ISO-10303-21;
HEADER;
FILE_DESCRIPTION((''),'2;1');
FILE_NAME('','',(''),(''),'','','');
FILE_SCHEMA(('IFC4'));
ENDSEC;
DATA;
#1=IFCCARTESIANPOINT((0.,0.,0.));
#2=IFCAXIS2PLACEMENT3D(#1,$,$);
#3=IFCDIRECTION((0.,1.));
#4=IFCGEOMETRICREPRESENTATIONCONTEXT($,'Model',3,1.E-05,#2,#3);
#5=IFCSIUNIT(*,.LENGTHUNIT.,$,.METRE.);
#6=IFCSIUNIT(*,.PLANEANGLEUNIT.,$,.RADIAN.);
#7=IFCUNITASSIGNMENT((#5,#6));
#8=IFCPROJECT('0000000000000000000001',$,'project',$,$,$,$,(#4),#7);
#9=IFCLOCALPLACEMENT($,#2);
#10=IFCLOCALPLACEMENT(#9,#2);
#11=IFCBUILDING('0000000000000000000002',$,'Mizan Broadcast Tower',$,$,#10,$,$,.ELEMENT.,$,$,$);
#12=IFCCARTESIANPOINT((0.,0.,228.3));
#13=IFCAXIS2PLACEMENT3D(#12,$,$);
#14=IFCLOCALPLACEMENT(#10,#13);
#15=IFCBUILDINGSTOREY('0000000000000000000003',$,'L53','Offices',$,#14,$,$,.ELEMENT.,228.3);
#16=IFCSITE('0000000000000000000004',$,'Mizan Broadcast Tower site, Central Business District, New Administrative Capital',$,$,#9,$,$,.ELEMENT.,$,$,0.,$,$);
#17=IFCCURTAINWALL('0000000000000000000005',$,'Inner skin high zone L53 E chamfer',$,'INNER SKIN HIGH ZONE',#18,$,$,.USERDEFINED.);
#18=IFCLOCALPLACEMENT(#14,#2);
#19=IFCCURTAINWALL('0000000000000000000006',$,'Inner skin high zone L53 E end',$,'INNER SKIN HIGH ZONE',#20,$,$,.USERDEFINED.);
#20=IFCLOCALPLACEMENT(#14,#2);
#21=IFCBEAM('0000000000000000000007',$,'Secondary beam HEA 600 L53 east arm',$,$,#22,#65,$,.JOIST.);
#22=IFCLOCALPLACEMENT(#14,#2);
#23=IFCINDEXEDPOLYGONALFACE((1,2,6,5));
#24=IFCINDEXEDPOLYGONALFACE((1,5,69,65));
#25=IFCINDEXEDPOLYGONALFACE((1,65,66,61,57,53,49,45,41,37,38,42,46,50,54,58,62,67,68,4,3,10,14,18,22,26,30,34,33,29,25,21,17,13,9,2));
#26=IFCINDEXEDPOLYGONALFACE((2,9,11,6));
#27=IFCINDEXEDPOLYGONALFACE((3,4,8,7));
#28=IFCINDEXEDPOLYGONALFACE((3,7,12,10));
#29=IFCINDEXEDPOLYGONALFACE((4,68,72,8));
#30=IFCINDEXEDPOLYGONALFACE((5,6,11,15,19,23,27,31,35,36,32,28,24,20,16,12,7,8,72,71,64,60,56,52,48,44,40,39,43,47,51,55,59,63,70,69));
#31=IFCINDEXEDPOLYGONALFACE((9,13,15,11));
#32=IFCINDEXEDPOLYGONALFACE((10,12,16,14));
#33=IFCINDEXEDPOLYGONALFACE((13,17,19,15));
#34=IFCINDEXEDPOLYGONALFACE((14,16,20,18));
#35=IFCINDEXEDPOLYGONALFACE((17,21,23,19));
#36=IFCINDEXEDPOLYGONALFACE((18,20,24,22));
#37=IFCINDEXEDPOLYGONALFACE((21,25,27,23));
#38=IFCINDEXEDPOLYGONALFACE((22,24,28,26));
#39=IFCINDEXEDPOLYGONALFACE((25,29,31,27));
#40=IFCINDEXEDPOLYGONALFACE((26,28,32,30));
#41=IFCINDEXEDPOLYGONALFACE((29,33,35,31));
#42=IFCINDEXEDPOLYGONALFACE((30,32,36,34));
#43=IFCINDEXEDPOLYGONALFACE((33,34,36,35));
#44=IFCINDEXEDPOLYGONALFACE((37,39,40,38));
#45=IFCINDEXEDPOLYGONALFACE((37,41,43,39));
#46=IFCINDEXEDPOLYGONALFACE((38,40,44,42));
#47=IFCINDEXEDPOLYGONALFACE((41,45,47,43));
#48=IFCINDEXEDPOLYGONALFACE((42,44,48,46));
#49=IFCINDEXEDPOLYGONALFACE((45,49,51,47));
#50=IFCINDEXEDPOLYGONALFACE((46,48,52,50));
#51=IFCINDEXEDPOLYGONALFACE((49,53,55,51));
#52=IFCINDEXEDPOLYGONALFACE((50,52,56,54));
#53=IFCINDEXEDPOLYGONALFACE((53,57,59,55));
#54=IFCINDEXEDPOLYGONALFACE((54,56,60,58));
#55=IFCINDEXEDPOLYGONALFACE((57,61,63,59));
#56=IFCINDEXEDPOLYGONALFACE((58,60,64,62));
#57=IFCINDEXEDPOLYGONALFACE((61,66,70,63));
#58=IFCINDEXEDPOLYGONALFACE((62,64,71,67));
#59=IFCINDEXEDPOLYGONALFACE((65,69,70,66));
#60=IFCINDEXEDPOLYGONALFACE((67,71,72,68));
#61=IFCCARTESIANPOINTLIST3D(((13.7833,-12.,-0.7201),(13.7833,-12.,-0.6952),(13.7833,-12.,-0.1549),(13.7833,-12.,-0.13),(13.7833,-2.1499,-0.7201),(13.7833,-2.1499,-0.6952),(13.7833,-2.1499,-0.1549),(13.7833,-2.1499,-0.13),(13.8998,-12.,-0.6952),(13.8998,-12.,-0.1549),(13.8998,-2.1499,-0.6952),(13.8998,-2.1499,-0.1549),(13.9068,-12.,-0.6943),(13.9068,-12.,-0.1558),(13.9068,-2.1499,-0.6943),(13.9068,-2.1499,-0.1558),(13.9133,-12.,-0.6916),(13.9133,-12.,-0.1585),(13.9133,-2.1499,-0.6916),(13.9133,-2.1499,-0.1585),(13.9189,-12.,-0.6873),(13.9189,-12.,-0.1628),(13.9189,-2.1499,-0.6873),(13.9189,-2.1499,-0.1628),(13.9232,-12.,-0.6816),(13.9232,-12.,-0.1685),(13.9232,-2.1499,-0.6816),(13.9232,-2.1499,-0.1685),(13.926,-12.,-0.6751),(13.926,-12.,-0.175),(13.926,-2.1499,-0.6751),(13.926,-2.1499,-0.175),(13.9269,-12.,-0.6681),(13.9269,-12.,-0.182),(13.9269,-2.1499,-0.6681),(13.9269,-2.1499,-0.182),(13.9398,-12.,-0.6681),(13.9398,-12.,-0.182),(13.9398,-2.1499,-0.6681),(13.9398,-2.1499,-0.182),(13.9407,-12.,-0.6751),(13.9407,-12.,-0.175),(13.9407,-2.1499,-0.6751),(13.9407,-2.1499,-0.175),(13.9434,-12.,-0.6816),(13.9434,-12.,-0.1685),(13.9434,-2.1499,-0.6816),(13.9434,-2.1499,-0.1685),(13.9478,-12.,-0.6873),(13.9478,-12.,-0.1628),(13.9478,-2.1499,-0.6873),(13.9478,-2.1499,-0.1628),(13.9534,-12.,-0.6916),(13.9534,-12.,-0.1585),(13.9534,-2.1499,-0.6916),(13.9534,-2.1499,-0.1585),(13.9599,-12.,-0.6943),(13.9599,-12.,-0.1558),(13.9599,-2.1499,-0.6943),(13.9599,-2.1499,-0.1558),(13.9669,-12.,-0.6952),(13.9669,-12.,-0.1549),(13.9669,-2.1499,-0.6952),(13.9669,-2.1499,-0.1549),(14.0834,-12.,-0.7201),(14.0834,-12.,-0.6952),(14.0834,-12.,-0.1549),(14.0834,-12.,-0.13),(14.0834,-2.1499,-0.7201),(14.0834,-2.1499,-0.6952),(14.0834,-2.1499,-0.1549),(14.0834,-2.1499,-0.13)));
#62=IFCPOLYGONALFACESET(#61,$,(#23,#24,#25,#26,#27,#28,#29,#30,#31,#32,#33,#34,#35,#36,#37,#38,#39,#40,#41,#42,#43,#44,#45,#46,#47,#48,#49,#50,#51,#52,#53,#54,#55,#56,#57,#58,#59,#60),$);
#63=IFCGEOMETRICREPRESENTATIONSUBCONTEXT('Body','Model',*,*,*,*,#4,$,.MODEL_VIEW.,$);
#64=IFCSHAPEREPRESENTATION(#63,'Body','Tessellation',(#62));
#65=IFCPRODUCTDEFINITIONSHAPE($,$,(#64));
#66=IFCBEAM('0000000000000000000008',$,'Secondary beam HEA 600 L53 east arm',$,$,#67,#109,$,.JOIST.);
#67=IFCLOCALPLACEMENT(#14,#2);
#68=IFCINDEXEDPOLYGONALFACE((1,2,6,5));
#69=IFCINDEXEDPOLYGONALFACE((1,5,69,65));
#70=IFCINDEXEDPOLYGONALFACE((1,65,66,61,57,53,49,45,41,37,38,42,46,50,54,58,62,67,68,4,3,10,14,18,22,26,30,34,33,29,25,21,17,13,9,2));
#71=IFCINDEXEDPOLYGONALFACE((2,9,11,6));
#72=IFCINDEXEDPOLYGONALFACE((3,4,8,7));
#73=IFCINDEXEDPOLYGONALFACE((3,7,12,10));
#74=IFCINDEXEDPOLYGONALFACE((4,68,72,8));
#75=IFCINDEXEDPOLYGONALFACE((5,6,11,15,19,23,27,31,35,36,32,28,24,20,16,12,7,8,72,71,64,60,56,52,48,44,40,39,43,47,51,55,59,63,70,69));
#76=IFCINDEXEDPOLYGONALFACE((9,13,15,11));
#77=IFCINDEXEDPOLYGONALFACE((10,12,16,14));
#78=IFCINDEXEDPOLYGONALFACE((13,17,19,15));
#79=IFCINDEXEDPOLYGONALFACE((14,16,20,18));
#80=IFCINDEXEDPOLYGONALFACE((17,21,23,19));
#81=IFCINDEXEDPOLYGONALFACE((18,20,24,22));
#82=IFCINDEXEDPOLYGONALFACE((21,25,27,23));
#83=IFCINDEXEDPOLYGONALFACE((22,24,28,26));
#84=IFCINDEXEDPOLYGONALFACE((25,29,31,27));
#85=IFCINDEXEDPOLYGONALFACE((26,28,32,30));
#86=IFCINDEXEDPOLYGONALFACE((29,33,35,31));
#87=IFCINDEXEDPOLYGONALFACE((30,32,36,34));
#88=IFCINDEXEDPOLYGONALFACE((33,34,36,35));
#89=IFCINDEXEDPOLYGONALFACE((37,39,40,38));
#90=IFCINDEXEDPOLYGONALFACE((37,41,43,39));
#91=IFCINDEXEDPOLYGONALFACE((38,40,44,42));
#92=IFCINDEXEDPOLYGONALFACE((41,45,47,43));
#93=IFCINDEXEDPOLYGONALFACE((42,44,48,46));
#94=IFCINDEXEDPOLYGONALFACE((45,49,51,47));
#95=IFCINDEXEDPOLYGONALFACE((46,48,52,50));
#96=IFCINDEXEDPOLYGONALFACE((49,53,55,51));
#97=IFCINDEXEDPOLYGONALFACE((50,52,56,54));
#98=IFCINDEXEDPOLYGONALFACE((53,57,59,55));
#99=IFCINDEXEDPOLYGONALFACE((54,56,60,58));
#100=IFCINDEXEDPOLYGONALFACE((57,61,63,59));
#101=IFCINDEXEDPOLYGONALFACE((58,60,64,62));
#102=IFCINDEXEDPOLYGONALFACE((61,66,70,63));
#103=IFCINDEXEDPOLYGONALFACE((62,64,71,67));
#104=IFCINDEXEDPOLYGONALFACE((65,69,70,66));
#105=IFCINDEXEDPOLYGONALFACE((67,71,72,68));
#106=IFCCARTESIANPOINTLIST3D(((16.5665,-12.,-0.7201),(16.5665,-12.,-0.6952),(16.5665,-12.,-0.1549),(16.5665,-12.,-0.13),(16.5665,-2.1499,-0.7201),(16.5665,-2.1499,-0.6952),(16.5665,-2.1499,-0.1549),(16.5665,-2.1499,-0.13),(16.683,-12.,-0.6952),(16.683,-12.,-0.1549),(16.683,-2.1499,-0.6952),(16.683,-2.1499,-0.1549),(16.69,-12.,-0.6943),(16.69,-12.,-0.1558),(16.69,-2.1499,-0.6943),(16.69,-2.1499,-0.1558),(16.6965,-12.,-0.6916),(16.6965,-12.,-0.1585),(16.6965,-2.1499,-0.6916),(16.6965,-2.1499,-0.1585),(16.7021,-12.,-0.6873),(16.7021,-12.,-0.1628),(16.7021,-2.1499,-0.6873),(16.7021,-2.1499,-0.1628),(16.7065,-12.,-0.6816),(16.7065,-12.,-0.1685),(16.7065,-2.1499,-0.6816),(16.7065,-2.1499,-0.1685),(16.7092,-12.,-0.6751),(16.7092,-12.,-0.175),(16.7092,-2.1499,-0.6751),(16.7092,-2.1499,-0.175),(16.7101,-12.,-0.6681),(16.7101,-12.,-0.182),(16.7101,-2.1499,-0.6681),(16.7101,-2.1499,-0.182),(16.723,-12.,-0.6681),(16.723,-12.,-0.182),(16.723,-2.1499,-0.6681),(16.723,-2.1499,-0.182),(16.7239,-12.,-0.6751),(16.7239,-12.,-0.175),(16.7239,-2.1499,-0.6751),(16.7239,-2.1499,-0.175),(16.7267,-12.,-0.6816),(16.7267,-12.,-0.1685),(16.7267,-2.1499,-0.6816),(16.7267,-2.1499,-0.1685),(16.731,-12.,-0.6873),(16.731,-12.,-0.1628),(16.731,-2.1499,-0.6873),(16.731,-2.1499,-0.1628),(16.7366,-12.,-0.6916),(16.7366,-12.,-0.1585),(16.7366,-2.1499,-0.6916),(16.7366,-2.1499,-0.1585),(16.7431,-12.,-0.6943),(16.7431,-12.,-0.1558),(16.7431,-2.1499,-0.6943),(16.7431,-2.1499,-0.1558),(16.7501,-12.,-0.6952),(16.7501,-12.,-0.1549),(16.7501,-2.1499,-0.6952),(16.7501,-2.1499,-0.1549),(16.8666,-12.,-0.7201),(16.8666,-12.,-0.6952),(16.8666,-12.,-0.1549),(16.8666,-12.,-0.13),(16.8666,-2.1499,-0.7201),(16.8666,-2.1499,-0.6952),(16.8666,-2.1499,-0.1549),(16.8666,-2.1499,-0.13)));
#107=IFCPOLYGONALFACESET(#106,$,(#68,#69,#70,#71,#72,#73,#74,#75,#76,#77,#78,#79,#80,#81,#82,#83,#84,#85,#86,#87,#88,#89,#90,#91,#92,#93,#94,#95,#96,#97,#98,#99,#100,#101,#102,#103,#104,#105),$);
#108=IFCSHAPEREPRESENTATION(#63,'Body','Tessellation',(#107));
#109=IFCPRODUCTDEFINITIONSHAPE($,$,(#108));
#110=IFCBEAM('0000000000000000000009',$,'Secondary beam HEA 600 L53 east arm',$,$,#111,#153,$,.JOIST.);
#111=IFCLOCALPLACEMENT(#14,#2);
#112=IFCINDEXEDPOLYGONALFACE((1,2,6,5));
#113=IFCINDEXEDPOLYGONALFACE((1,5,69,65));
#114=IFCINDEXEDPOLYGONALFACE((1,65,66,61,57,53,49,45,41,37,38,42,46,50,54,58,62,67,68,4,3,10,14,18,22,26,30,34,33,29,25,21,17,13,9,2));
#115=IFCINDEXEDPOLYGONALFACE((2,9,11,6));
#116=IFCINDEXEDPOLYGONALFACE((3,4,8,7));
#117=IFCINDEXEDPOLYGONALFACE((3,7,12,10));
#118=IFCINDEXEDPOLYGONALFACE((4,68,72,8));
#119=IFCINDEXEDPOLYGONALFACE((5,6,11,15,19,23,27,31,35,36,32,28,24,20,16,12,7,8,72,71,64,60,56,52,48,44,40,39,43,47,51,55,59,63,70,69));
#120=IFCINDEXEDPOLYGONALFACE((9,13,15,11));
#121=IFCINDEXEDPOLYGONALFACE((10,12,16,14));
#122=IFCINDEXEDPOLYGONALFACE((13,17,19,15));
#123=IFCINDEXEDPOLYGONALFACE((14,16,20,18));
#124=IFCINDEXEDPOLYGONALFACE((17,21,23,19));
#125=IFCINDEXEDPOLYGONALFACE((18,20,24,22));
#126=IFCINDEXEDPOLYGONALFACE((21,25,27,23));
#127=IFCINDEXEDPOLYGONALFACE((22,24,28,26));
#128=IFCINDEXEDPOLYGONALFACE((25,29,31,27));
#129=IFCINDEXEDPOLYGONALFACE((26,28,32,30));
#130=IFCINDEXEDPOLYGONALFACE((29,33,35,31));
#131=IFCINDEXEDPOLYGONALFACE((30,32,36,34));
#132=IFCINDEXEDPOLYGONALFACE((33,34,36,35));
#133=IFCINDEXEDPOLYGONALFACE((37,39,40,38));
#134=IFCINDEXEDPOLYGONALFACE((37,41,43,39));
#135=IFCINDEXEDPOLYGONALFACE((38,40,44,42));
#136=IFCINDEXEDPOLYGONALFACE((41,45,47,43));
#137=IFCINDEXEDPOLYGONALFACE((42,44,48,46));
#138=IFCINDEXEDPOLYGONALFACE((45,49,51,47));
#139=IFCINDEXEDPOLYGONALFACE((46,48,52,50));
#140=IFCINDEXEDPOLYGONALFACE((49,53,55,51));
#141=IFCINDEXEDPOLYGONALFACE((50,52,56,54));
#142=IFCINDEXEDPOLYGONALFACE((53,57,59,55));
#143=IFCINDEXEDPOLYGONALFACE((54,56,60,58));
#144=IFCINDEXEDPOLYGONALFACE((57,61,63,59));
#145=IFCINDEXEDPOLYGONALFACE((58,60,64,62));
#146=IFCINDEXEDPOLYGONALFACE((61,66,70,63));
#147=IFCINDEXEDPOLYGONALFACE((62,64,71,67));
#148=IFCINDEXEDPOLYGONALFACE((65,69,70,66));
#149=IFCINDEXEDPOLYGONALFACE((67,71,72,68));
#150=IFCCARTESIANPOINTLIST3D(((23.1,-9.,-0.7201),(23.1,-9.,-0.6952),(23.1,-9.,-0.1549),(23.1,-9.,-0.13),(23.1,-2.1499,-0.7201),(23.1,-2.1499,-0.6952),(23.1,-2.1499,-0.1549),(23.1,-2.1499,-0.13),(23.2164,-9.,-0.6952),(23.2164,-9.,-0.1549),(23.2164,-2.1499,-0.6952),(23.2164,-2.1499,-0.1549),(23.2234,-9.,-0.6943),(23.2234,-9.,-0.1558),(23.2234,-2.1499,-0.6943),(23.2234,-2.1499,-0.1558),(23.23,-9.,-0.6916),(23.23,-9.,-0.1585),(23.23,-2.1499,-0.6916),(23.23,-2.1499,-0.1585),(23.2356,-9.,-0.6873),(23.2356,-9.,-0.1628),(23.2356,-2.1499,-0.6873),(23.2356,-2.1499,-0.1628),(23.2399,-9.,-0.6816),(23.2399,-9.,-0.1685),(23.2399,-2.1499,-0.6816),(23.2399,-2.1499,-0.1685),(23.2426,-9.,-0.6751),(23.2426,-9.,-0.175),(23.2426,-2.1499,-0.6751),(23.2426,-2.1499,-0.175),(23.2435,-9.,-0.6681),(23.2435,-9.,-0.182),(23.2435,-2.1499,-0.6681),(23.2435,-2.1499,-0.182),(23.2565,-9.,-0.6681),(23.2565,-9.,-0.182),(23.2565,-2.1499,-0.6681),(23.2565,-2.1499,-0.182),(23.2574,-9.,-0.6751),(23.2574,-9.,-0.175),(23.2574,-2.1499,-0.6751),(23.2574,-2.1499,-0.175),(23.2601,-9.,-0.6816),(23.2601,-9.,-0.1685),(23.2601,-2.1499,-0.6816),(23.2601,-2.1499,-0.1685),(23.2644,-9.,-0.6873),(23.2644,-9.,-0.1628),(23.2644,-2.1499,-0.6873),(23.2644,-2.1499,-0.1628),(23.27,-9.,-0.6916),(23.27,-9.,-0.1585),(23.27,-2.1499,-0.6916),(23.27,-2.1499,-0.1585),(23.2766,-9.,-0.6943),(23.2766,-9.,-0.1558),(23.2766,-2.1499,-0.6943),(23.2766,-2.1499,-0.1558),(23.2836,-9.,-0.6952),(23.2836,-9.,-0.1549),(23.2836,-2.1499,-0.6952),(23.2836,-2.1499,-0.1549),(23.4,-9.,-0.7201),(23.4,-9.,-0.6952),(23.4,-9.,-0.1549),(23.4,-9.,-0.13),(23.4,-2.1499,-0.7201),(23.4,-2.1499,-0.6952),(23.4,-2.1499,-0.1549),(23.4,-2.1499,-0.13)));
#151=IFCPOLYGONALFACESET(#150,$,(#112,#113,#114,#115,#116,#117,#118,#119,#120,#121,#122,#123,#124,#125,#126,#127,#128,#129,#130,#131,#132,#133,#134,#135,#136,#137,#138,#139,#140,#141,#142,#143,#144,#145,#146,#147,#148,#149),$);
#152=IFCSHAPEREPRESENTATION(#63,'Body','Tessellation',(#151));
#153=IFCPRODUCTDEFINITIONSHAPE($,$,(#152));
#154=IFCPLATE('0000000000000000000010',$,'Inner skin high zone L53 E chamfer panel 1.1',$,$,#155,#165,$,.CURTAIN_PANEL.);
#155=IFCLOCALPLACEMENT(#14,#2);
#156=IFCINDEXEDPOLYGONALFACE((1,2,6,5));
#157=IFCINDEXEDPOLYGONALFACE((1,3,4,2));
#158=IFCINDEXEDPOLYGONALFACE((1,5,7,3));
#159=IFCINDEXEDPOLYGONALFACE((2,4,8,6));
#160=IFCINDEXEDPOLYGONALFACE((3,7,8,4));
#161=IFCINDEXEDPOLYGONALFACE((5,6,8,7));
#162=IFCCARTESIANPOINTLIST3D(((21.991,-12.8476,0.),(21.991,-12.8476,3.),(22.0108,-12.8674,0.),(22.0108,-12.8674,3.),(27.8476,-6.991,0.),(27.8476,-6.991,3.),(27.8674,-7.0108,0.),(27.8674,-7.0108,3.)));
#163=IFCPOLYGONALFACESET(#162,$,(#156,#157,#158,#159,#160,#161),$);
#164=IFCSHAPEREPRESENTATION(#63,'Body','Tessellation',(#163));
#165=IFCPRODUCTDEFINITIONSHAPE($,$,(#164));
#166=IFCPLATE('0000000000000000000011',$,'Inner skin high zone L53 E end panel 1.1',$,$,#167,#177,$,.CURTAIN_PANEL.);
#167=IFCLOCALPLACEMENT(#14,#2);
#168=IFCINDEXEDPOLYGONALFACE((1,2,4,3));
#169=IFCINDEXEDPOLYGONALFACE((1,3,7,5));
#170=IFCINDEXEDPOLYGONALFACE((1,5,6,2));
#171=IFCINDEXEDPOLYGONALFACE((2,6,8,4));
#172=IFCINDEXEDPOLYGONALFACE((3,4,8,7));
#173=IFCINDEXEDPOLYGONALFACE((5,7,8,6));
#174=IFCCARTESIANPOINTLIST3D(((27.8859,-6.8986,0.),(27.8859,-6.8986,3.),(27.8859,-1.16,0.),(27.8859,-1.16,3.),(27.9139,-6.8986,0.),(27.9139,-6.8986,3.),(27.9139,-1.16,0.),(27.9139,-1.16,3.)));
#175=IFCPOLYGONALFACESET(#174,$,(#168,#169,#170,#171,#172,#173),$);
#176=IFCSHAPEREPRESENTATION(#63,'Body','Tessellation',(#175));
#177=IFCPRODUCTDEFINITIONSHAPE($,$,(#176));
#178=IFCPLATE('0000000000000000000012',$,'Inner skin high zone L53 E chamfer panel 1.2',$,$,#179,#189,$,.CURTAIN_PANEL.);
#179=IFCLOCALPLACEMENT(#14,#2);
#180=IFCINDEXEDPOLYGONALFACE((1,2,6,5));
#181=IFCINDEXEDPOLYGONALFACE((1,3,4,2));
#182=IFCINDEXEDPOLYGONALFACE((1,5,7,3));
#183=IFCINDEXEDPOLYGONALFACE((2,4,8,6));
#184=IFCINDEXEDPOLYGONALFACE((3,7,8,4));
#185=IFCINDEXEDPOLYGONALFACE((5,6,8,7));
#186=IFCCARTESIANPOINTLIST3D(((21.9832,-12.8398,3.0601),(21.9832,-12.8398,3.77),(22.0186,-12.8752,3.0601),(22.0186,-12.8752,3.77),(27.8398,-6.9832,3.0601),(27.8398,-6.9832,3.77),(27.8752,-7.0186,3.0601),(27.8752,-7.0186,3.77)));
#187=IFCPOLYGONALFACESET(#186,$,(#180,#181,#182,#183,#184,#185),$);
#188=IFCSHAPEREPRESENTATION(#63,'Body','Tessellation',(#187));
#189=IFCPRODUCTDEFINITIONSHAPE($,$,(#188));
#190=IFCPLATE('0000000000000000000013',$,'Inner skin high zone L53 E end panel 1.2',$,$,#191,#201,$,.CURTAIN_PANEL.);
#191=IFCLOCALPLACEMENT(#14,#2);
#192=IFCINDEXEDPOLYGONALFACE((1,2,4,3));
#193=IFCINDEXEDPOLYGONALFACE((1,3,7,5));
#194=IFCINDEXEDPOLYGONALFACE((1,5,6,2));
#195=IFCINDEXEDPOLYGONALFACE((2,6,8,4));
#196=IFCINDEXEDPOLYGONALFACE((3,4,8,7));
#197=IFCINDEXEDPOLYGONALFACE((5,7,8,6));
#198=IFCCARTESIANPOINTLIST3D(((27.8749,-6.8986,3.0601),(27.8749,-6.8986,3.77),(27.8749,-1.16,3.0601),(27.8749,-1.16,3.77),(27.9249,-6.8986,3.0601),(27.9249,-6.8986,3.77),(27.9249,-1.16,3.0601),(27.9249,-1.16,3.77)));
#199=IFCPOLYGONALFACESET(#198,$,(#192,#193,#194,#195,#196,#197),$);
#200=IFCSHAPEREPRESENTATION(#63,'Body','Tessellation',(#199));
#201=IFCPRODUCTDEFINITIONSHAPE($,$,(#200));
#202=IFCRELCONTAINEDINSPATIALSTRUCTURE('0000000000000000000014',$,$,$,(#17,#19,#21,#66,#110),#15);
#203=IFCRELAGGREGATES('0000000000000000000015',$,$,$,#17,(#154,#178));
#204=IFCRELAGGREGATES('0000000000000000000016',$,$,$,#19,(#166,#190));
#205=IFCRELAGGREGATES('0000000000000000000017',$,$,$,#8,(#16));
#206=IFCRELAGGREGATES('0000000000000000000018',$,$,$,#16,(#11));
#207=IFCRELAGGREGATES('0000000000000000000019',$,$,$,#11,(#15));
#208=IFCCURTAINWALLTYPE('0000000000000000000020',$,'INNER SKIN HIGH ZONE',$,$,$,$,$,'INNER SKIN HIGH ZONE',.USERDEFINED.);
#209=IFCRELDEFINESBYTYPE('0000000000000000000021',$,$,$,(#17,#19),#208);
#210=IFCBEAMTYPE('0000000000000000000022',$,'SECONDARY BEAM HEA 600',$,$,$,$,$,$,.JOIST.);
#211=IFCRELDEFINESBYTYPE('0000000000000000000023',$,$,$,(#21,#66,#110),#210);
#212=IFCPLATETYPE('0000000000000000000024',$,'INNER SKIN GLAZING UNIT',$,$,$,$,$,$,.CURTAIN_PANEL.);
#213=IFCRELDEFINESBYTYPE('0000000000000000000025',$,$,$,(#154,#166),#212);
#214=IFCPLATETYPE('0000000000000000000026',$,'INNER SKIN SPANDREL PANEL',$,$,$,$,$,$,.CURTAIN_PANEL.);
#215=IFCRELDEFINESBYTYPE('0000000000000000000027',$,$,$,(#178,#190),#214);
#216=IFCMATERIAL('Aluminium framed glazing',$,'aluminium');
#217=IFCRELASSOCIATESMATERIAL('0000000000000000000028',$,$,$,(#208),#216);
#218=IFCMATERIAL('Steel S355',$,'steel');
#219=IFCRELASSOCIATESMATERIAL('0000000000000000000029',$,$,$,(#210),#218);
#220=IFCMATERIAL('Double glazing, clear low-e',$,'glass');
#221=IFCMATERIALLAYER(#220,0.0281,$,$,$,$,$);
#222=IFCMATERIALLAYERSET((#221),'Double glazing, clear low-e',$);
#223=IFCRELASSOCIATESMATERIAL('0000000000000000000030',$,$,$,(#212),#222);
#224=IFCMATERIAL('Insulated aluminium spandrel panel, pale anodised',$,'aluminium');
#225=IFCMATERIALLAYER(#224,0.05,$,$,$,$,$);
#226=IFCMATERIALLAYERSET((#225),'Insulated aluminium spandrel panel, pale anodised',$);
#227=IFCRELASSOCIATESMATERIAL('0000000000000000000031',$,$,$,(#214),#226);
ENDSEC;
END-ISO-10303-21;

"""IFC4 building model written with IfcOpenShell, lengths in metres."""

from ifc_helpers import new_model, si_unit, direction, frame, origin, origin_2d, place, context, subcontext, project, spatial, rectangle, i_section, extrude, material, layer, layer_set, material_profile, profile_set, type_object, element, aggregate, save


model = new_model("IFC4")

# Units and contexts
model_context = context("Model", 3, precision=1e-05, world=origin(), true_north=direction((0.0, 1.0)))
body_context = subcontext(model_context, "Body", "Model", "MODEL_VIEW")
ifc_project = project(units=[si_unit("LENGTHUNIT", "METRE"), si_unit("PLANEANGLEUNIT", "RADIAN")], contexts=[model_context])

# Site, building, storey
site_placement = place(None, origin())
site = spatial("IfcSite", under=ifc_project, at=site_placement, Name="Mizan Broadcast Tower site, Central Business District, New Administrative Capital", CompositionType="ELEMENT", RefElevation=0.0)
building_placement = place(site_placement, origin())
building = spatial("IfcBuilding", under=site, at=building_placement, Name="Mizan Broadcast Tower", CompositionType="ELEMENT")
storey_placement = place(building_placement, frame((0.0, 0.0, 228.3)))
storey = spatial("IfcBuildingStorey", under=building, at=storey_placement, Name="L53", Description="Offices", CompositionType="ELEMENT", Elevation=228.3)

# Curtain wall
ifc_material_1 = material(Name="Aluminium framed glazing", Category="aluminium")
curtain_wall_type_1 = type_object("IfcCurtainWallType", Name="INNER SKIN HIGH ZONE", ElementType="INNER SKIN HIGH ZONE", PredefinedType="USERDEFINED", material=ifc_material_1)
curtain_wall_1_placement = place(storey_placement, origin())
curtain_wall_1 = element("IfcCurtainWall", 1, at=curtain_wall_1_placement, inside=storey, type_object=curtain_wall_type_1, Name="Inner skin high zone L53 E chamfer", ObjectType="INNER SKIN HIGH ZONE", PredefinedType="USERDEFINED")

# Curtain wall
curtain_wall_2_placement = place(storey_placement, origin())
curtain_wall_2 = element("IfcCurtainWall", 2, at=curtain_wall_2_placement, inside=storey, type_object=curtain_wall_type_1, Name="Inner skin high zone L53 E end", ObjectType="INNER SKIN HIGH ZONE", PredefinedType="USERDEFINED")

# Beams
ifc_material_2 = material(Name="Steel S355", Category="steel")
ifc_material_profile_1 = material_profile(ifc_material_2, i_section(OverallWidth=0.3, OverallDepth=0.5901, WebThickness=0.0129, FlangeThickness=0.0249, FilletRadius=0.0271, at=origin_2d()), Name="HEA 600")
ifc_profile_set_1 = profile_set([ifc_material_profile_1], Name="Steel S355")
beam_type_1 = type_object("IfcBeamType", Name="SECONDARY BEAM HEA 600", PredefinedType="JOIST", material=ifc_profile_set_1)
for number, where, z_axis, x_axis, name in (
    (3, (13.9333, -12.0, -0.425), (0.0, 1.0, 0.0), (-1.0, 0.0, 0.0), "Secondary beam HEA 600 L53 east arm"),
    (4, (16.7166, -12.0, -0.425), (0.0, 1.0, 0.0), (-1.0, 0.0, 0.0), "Secondary beam HEA 600 L53 east arm"),
):
    element("IfcBeam", number, at=place(storey_placement, frame(where, z_axis=z_axis, x_axis=x_axis)), inside=storey, type_object=beam_type_1, Name=name, PredefinedType="JOIST", context=body_context, shape_type="SweptSolid", body=[
        extrude(i_section(OverallWidth=0.3, OverallDepth=0.5901, WebThickness=0.0129, FlangeThickness=0.0249, FilletRadius=0.0271, at=origin_2d()), origin(), (0.0, 0.0, 1.0), 9.8501),
    ])
beam_1_placement = place(storey_placement, frame((23.25, -9.0, -0.425), z_axis=(0.0, 1.0, 0.0), x_axis=(-1.0, 0.0, 0.0)))
element("IfcBeam", 5, at=beam_1_placement, inside=storey, type_object=beam_type_1, Name="Secondary beam HEA 600 L53 east arm", PredefinedType="JOIST", context=body_context, shape_type="SweptSolid", body=[
    extrude(i_section(OverallWidth=0.3, OverallDepth=0.5901, WebThickness=0.0129, FlangeThickness=0.0249, FilletRadius=0.0271, at=origin_2d()), origin(), (0.0, 0.0, 1.0), 6.8501),
])

# Plates
ifc_material_3 = material(Name="Double glazing, clear low-e", Category="glass")
ifc_layer_1 = layer(ifc_material_3, 0.0281)
ifc_layer_set_1 = layer_set([ifc_layer_1], Name="Double glazing, clear low-e")
plate_type_1 = type_object("IfcPlateType", Name="INNER SKIN GLAZING UNIT", PredefinedType="CURTAIN_PANEL", material=ifc_layer_set_1)
plate_1_placement = place(storey_placement, frame((24.9292, -9.9292, 0.0), z_axis=(0.0, 0.0, 1.0), x_axis=(0.707107, 0.707107, 0.0)))
plate_1 = element("IfcPlate", 6, at=plate_1_placement, type_object=plate_type_1, Name="Inner skin high zone L53 E chamfer panel 1.1", PredefinedType="CURTAIN_PANEL", context=body_context, shape_type="SweptSolid", body=[
    extrude(rectangle(XDim=8.2825, YDim=0.0281, at=origin_2d()), origin(), (0.0, 0.0, 1.0), 3.0),
])
plate_2_placement = place(storey_placement, frame((27.8999, -4.0293, 0.0), z_axis=(0.0, 0.0, 1.0), x_axis=(0.0, 1.0, 0.0)))
plate_2 = element("IfcPlate", 7, at=plate_2_placement, type_object=plate_type_1, Name="Inner skin high zone L53 E end panel 1.1", PredefinedType="CURTAIN_PANEL", context=body_context, shape_type="SweptSolid", body=[
    extrude(rectangle(XDim=5.7385, YDim=0.0281, at=origin_2d()), origin(), (0.0, 0.0, 1.0), 3.0),
])
ifc_material_4 = material(Name="Insulated aluminium spandrel panel, pale anodised", Category="aluminium")
ifc_layer_2 = layer(ifc_material_4, 0.05)
ifc_layer_set_2 = layer_set([ifc_layer_2], Name="Insulated aluminium spandrel panel, pale anodised")
plate_type_2 = type_object("IfcPlateType", Name="INNER SKIN SPANDREL PANEL", PredefinedType="CURTAIN_PANEL", material=ifc_layer_set_2)
plate_3_placement = place(storey_placement, frame((24.9292, -9.9292, 3.0601), z_axis=(0.0, 0.0, 1.0), x_axis=(0.707107, 0.707107, 0.0)))
plate_3 = element("IfcPlate", 8, at=plate_3_placement, type_object=plate_type_2, Name="Inner skin high zone L53 E chamfer panel 1.2", PredefinedType="CURTAIN_PANEL", context=body_context, shape_type="SweptSolid", body=[
    extrude(rectangle(XDim=8.2825, YDim=0.05, at=origin_2d()), origin(), (0.0, 0.0, 1.0), 0.71),
])
aggregate(curtain_wall_1, [plate_1, plate_3])
plate_4_placement = place(storey_placement, frame((27.8999, -4.0293, 3.0601), z_axis=(0.0, 0.0, 1.0), x_axis=(0.0, 1.0, 0.0)))
plate_4 = element("IfcPlate", 9, at=plate_4_placement, type_object=plate_type_2, Name="Inner skin high zone L53 E end panel 1.2", PredefinedType="CURTAIN_PANEL", context=body_context, shape_type="SweptSolid", body=[
    extrude(rectangle(XDim=5.7385, YDim=0.05, at=origin_2d()), origin(), (0.0, 0.0, 1.0), 0.71),
])
aggregate(curtain_wall_2, [plate_2, plate_4])

save(model, "model.ifc")
